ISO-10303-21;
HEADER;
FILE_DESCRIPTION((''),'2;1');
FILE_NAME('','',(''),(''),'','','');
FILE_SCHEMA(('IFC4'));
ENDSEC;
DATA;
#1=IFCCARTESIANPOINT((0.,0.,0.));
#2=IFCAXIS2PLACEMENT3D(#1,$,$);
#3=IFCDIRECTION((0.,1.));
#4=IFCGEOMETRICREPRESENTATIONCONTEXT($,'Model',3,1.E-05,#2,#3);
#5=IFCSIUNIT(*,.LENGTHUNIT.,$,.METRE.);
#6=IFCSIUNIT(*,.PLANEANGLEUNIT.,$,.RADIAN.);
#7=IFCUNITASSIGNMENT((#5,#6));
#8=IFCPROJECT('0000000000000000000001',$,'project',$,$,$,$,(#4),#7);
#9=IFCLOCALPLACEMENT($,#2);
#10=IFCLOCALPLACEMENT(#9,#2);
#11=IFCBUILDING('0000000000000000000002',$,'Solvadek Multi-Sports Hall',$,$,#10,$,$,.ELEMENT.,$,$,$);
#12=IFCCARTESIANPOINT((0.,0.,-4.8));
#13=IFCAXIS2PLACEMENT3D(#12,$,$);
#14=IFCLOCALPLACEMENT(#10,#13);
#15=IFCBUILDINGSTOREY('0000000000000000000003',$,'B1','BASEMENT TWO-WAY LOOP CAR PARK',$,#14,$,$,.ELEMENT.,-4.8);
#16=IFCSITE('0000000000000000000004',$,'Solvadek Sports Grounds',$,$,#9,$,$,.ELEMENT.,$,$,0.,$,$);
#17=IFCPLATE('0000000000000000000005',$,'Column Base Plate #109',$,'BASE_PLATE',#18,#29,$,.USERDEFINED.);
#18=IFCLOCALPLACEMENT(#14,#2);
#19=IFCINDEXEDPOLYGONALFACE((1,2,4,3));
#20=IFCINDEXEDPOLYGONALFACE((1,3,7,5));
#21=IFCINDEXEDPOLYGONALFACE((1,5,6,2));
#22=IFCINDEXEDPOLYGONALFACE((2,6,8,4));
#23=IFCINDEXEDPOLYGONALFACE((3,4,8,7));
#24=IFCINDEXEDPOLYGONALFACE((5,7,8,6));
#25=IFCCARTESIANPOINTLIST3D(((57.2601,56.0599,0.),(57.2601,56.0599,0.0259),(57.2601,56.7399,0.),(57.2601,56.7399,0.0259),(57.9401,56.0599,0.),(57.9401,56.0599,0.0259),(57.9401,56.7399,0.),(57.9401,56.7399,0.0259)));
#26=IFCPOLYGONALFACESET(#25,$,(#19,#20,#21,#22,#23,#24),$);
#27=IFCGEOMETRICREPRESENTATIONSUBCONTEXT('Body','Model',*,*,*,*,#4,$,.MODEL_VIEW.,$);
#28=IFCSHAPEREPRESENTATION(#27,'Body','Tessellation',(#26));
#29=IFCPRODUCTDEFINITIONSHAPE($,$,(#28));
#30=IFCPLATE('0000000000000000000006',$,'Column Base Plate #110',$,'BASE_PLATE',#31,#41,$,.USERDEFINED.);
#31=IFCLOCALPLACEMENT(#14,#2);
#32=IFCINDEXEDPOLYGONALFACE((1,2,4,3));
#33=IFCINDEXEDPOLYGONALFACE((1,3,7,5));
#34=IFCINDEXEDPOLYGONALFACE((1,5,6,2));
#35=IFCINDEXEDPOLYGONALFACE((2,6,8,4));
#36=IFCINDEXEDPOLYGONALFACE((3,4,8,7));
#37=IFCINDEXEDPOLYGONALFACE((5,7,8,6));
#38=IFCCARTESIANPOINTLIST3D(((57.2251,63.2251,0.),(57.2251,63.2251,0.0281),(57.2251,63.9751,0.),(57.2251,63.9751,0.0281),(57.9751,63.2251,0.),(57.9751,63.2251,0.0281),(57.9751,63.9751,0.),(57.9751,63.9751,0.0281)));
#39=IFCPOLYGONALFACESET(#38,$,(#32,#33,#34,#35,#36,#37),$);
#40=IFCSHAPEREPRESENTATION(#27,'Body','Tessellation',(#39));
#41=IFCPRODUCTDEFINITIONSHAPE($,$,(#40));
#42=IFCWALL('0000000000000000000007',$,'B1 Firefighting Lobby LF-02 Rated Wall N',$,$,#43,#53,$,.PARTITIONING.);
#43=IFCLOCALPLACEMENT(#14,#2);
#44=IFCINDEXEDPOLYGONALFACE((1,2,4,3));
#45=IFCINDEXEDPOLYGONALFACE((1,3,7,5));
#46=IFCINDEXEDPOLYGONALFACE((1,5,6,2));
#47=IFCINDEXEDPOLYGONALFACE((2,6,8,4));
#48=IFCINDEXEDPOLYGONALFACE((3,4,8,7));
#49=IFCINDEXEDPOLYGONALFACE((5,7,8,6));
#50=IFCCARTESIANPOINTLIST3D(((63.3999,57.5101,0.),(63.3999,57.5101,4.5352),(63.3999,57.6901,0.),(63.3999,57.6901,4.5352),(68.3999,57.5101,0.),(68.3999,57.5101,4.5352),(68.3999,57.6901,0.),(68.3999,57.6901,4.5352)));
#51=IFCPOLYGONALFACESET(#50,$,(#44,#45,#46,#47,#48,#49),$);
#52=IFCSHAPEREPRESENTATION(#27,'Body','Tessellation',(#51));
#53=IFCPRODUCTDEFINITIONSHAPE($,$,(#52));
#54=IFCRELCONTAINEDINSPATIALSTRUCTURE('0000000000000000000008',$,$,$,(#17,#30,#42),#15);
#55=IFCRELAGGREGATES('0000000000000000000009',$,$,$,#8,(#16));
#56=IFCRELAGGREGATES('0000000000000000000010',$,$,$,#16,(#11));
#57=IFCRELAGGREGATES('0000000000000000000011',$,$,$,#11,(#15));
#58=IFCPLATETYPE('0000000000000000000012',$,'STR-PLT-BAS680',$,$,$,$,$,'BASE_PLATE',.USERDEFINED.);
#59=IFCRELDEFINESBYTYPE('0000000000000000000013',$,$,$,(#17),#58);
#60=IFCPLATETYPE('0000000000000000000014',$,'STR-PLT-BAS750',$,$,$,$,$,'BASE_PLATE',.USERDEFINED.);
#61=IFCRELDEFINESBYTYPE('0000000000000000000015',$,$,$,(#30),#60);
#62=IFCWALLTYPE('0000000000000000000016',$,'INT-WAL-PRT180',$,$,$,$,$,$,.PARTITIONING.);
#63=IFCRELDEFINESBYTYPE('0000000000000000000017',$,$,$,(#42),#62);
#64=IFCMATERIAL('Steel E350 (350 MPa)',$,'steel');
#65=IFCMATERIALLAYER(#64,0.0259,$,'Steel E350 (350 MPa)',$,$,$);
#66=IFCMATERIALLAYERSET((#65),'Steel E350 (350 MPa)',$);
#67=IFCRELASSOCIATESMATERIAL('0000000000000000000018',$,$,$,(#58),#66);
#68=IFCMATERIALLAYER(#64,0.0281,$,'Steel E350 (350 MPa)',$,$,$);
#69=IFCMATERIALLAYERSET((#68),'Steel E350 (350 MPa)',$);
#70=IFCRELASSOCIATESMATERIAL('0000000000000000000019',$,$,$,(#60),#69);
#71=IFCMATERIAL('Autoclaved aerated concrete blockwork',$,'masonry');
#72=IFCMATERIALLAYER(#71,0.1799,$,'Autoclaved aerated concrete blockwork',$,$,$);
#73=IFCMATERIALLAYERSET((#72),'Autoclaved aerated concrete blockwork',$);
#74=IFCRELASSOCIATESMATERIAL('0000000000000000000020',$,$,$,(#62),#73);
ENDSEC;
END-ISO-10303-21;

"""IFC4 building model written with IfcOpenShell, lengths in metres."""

from ifc_helpers import new_model, si_unit, direction, frame, frame_2d, origin, origin_2d, place, context, subcontext, project, spatial, rectangle, extrude, material, layer, layer_set, type_object, element, save


model = new_model("IFC4")

# Units and contexts
model_context = context("Model", 3, precision=1e-05, world=origin(), true_north=direction((0.0, 1.0)))
body_context = subcontext(model_context, "Body", "Model", "MODEL_VIEW")
ifc_project = project(units=[si_unit("LENGTHUNIT", "METRE"), si_unit("PLANEANGLEUNIT", "RADIAN")], contexts=[model_context])

# Site, building, storey
site_placement = place(None, origin())
site = spatial("IfcSite", under=ifc_project, at=site_placement, Name="Solvadek Sports Grounds", CompositionType="ELEMENT", RefElevation=0.0)
building_placement = place(site_placement, origin())
building = spatial("IfcBuilding", under=site, at=building_placement, Name="Solvadek Multi-Sports Hall", CompositionType="ELEMENT")
storey_placement = place(building_placement, frame((0.0, 0.0, -4.8)))
storey = spatial("IfcBuildingStorey", under=building, at=storey_placement, Name="B1", Description="BASEMENT TWO-WAY LOOP CAR PARK", CompositionType="ELEMENT", Elevation=-4.8)

# Shared definitions
ifc_material_1 = material(Name="Steel E350 (350 MPa)", Category="steel")

# Plates
ifc_layer_1 = layer(ifc_material_1, 0.0259, Name="Steel E350 (350 MPa)")
ifc_layer_set_1 = layer_set([ifc_layer_1], Name="Steel E350 (350 MPa)")
plate_type_1 = type_object("IfcPlateType", Name="STR-PLT-BAS680", ElementType="BASE_PLATE", PredefinedType="USERDEFINED", material=ifc_layer_set_1)
plate_1_placement = place(storey_placement, frame((57.6001, 56.3999, 0.0), z_axis=(0.0, 0.0, 1.0), x_axis=(1.0, 0.0, 0.0)))
element("IfcPlate", 1, at=plate_1_placement, inside=storey, type_object=plate_type_1, Name="Column Base Plate #109", ObjectType="BASE_PLATE", PredefinedType="USERDEFINED", context=body_context, shape_type="SweptSolid", body=[
    extrude(rectangle(XDim=0.6799, YDim=0.6799, at=origin_2d()), origin(), (0.0, 0.0, 1.0), 0.0259),
])
ifc_layer_2 = layer(ifc_material_1, 0.0281, Name="Steel E350 (350 MPa)")
ifc_layer_set_2 = layer_set([ifc_layer_2], Name="Steel E350 (350 MPa)")
plate_type_2 = type_object("IfcPlateType", Name="STR-PLT-BAS750", ElementType="BASE_PLATE", PredefinedType="USERDEFINED", material=ifc_layer_set_2)
plate_2_placement = place(storey_placement, frame((57.6001, 63.6001, 0.0), z_axis=(0.0, 0.0, 1.0), x_axis=(1.0, 0.0, 0.0)))
element("IfcPlate", 2, at=plate_2_placement, inside=storey, type_object=plate_type_2, Name="Column Base Plate #110", ObjectType="BASE_PLATE", PredefinedType="USERDEFINED", context=body_context, shape_type="SweptSolid", body=[
    extrude(rectangle(XDim=0.75, YDim=0.75, at=origin_2d()), origin(), (0.0, 0.0, 1.0), 0.0281),
])

# Wall
ifc_material_2 = material(Name="Autoclaved aerated concrete blockwork", Category="masonry")
ifc_layer_3 = layer(ifc_material_2, 0.1799, Name="Autoclaved aerated concrete blockwork")
ifc_layer_set_3 = layer_set([ifc_layer_3], Name="Autoclaved aerated concrete blockwork")
wall_type = type_object("IfcWallType", Name="INT-WAL-PRT180", PredefinedType="PARTITIONING", material=ifc_layer_set_3)
wall_placement = place(storey_placement, frame((63.3999, 57.6001, 0.0), z_axis=(0.0, 0.0, 1.0), x_axis=(1.0, 0.0, 0.0)))
element("IfcWall", 3, at=wall_placement, inside=storey, type_object=wall_type, Name="B1 Firefighting Lobby LF-02 Rated Wall N", PredefinedType="PARTITIONING", context=body_context, shape_type="SweptSolid", body=[
    extrude(rectangle(XDim=5.0, YDim=0.1799, at=frame_2d((2.5, 0.0))), origin(), (0.0, 0.0, 1.0), 4.5352),
])

save(model, "model.ifc")
